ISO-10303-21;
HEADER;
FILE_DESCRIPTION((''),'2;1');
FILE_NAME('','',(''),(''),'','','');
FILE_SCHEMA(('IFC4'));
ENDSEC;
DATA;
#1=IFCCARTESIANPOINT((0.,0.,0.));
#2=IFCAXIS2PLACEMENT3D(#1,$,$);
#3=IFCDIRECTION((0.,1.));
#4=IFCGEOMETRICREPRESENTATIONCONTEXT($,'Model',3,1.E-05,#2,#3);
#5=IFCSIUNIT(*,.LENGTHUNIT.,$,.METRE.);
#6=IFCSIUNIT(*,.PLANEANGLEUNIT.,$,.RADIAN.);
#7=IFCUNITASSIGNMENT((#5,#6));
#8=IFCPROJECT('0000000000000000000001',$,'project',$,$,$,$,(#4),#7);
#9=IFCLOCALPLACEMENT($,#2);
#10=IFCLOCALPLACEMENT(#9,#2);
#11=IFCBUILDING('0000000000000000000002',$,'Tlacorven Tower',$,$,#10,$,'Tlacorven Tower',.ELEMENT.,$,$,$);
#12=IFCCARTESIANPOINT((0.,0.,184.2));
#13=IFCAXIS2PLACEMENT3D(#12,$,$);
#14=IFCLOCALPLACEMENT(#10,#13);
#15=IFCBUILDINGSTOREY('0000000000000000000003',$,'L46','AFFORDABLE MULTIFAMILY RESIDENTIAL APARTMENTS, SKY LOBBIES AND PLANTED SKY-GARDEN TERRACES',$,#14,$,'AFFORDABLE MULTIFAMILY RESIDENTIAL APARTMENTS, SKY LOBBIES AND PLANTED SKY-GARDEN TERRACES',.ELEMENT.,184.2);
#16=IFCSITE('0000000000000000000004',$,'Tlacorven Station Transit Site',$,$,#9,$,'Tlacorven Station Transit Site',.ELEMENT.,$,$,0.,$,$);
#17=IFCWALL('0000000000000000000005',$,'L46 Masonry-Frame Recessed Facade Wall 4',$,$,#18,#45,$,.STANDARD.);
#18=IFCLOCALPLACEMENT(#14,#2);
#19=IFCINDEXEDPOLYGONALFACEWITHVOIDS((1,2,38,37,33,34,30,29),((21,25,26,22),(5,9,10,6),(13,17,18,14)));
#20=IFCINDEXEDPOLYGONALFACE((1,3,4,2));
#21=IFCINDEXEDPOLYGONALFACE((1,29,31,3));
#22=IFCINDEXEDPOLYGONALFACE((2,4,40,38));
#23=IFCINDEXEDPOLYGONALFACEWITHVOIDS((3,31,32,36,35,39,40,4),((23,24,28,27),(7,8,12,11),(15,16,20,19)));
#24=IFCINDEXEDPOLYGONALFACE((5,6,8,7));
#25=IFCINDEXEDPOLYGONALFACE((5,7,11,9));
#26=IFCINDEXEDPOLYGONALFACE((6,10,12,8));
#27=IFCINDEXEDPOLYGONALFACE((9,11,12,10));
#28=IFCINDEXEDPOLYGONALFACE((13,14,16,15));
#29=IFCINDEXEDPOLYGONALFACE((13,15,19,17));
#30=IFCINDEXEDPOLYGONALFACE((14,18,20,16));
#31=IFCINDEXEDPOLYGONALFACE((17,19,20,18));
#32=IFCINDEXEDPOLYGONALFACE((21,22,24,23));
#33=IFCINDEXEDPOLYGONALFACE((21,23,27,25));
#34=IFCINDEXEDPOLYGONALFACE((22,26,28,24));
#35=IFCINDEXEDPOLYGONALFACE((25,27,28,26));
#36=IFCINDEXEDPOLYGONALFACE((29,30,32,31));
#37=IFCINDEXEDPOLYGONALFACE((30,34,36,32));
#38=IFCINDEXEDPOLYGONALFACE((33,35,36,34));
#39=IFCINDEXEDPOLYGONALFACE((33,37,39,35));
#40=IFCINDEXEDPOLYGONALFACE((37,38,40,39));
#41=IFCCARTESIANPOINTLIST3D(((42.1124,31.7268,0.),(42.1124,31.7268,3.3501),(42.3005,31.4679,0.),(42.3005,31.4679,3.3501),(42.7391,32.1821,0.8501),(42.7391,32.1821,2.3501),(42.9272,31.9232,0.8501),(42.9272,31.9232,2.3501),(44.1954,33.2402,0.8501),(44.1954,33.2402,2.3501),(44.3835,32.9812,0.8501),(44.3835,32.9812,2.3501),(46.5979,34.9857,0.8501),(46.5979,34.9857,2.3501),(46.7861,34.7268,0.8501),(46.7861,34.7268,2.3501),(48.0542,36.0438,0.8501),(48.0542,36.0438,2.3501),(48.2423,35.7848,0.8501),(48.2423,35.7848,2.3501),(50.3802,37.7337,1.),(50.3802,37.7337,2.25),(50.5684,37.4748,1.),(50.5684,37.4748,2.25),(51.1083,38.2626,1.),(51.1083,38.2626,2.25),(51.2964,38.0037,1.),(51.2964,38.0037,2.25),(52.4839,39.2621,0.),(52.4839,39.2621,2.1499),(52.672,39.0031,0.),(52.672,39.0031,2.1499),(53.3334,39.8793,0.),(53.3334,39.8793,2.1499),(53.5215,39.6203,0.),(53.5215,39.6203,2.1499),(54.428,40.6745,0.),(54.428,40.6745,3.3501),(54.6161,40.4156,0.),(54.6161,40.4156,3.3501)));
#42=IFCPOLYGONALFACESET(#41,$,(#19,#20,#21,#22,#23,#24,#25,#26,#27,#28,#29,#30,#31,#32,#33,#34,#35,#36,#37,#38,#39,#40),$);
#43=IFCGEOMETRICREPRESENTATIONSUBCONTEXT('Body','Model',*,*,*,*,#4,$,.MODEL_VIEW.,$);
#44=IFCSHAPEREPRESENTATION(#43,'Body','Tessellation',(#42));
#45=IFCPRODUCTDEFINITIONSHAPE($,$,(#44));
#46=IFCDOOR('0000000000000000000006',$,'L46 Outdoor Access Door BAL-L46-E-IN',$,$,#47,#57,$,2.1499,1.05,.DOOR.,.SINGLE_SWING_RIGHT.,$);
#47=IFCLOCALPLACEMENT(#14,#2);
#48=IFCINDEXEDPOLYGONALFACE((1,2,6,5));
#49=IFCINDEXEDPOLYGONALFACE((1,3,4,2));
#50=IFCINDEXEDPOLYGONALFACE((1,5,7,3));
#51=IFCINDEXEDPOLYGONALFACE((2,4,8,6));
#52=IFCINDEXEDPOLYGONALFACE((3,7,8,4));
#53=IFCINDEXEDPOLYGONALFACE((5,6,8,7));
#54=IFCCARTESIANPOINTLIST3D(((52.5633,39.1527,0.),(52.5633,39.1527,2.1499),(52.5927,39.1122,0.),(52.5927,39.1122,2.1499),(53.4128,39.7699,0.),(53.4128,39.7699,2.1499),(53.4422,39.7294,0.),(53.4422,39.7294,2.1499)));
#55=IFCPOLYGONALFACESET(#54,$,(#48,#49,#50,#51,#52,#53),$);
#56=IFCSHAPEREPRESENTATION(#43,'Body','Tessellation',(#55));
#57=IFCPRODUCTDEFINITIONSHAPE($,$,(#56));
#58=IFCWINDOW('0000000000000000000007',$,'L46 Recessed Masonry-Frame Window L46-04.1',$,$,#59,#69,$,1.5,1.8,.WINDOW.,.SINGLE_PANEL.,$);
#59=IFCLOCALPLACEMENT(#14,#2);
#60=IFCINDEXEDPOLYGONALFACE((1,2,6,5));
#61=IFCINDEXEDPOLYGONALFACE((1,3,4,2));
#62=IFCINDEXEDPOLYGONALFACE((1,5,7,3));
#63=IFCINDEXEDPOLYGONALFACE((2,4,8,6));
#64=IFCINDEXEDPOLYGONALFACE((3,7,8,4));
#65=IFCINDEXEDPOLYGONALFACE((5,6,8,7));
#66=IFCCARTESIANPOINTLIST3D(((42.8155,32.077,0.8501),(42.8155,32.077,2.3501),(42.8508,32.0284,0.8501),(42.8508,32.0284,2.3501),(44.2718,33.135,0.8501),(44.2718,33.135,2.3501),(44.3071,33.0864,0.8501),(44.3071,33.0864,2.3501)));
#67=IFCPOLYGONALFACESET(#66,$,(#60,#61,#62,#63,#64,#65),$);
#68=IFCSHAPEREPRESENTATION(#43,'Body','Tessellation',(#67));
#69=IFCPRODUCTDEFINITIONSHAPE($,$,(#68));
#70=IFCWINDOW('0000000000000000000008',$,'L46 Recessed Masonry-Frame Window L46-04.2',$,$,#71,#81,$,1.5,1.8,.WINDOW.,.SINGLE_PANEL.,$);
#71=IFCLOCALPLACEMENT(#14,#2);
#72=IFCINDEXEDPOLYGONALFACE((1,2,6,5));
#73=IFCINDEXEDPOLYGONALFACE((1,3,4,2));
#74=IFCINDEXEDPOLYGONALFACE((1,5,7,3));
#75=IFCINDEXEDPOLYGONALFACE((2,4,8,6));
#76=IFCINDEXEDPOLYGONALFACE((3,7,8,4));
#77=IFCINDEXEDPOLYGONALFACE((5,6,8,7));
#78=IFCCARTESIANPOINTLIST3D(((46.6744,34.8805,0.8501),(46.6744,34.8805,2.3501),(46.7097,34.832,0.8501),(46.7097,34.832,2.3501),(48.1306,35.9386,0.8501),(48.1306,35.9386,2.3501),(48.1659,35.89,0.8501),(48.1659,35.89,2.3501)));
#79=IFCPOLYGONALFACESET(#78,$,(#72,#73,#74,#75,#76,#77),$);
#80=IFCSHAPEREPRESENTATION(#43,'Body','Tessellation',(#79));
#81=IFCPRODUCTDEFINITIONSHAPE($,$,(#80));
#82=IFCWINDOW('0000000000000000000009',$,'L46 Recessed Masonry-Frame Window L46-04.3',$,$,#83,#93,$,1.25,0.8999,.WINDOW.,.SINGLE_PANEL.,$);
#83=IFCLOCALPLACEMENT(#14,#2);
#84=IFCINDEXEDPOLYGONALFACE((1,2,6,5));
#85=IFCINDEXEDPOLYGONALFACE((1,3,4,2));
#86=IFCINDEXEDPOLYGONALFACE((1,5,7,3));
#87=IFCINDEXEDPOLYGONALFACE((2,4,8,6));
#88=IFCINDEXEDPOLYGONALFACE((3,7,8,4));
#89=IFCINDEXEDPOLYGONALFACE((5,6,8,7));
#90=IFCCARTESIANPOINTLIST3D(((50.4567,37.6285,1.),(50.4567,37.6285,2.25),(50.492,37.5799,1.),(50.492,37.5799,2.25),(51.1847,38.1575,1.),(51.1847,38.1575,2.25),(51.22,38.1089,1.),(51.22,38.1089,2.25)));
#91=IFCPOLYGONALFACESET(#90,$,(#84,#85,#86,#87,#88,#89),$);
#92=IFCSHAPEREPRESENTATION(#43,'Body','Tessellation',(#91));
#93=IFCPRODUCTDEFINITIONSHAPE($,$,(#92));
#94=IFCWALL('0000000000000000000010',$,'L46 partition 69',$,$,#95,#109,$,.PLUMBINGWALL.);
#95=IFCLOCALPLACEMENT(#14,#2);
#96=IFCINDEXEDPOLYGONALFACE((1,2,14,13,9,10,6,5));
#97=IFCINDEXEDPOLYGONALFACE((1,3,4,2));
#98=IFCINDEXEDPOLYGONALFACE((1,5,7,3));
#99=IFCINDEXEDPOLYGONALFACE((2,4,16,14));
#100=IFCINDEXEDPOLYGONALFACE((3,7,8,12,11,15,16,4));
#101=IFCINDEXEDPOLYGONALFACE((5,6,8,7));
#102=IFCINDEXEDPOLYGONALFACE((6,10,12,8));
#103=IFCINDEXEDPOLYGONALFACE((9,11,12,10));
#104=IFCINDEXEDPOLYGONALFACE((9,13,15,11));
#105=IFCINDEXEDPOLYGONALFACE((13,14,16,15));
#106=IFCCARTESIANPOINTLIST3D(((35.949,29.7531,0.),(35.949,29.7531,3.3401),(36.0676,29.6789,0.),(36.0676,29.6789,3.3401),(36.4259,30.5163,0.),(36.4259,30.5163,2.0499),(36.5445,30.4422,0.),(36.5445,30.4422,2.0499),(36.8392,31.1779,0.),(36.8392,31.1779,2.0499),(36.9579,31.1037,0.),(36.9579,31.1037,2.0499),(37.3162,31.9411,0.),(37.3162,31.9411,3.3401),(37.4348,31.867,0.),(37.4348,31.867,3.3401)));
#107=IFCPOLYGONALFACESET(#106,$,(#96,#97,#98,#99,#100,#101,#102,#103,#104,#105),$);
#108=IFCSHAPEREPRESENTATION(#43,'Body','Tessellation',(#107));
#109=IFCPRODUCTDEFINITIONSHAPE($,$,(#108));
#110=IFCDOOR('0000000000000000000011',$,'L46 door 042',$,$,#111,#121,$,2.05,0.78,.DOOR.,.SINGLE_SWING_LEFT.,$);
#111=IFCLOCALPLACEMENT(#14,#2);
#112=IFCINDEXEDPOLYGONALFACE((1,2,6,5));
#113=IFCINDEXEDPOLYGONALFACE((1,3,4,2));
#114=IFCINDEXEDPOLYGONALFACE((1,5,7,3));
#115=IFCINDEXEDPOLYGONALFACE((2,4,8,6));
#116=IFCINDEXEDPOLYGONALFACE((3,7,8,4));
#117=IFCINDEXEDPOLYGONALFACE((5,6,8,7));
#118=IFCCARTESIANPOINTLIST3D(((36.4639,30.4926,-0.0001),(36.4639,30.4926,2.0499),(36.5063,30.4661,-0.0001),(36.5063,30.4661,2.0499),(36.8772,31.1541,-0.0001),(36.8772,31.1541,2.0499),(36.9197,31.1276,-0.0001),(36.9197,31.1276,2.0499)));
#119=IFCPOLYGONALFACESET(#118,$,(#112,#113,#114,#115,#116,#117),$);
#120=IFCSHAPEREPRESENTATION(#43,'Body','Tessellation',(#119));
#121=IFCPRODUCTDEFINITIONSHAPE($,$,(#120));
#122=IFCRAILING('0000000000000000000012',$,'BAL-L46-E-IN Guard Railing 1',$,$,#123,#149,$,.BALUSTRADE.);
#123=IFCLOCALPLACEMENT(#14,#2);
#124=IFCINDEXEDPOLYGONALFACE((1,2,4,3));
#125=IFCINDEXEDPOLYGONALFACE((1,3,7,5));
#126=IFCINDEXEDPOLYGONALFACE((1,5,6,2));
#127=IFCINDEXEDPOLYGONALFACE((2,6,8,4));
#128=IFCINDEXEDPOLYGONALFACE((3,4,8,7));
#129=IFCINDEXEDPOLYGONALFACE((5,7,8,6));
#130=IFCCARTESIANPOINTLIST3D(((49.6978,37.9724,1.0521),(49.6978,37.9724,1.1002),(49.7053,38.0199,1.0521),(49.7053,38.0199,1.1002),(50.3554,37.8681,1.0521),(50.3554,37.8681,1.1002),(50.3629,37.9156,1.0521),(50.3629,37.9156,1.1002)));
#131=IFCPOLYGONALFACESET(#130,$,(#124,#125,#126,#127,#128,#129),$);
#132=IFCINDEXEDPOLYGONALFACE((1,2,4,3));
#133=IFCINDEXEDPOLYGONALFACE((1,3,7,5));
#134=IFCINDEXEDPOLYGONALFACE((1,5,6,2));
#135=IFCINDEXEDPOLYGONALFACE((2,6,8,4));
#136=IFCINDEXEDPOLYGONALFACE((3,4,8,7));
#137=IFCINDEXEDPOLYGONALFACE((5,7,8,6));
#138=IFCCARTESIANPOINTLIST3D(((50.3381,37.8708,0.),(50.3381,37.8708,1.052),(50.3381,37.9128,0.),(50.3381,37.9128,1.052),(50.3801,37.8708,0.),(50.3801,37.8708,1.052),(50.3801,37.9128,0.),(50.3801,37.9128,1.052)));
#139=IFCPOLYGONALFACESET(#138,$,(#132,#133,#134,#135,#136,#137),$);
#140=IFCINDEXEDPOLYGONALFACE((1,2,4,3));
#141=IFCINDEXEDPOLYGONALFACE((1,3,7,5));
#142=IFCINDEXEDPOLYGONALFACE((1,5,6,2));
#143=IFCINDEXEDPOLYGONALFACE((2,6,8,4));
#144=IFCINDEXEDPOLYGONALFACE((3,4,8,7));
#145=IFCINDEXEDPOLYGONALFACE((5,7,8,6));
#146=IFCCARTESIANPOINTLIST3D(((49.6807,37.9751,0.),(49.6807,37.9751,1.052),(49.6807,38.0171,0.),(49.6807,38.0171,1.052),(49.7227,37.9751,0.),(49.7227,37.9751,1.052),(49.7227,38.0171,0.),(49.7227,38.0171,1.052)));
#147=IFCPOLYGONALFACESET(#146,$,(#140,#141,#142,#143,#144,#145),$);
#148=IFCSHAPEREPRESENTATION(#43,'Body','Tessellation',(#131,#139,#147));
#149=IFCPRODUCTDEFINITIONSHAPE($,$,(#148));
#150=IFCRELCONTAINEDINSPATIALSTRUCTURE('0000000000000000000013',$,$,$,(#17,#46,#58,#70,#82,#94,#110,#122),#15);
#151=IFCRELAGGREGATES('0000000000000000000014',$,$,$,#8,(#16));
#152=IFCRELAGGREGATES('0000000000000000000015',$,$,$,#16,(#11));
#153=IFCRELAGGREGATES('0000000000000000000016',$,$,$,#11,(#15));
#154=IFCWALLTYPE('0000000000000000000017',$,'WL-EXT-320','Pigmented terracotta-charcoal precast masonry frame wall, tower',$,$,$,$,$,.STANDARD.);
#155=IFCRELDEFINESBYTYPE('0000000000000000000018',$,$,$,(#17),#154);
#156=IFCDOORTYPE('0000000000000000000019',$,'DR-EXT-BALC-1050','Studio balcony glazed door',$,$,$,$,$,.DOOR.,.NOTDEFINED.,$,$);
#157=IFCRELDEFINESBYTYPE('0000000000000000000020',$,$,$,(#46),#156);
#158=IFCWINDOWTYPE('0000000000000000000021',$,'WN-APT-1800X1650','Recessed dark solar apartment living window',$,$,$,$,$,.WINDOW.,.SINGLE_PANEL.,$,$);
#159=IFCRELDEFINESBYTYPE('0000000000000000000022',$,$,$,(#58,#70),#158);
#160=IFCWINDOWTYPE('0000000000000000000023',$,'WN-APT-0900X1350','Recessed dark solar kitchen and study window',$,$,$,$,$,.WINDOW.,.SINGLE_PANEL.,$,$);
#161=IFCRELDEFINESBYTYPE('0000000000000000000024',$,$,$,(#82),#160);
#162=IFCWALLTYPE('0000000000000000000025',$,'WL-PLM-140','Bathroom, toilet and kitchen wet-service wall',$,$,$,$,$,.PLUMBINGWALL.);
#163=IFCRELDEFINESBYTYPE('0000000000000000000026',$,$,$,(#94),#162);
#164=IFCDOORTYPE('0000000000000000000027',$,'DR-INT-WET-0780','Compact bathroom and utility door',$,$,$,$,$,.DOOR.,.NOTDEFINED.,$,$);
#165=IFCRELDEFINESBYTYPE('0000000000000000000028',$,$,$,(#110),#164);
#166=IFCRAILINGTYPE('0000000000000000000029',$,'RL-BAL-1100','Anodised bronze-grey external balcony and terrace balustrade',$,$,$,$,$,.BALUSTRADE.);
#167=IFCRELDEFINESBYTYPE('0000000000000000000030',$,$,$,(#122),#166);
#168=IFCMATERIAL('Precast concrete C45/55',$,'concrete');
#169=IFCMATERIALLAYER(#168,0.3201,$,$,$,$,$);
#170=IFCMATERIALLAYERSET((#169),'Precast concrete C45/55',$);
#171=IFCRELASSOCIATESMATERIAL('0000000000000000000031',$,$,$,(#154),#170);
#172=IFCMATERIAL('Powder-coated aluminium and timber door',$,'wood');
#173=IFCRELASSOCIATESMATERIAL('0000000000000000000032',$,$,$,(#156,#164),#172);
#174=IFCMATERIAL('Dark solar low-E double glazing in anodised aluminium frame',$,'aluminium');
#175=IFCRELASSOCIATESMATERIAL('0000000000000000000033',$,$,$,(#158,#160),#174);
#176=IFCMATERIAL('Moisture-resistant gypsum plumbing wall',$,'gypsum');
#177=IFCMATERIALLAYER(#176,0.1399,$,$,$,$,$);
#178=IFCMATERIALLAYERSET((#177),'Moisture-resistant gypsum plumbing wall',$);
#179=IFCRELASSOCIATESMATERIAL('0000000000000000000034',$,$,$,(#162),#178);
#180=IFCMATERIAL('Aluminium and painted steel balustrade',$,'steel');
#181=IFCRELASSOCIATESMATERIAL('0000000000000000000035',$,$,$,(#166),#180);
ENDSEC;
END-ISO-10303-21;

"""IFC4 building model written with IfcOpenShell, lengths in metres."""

from ifc_helpers import new_model, si_unit, direction, frame, frame_2d, origin, origin_2d, place, context, subcontext, project, spatial, rectangle, extrude, source, transform, mapped, material, layer, layer_set, type_object, element, fill, save


model = new_model("IFC4")

# Units and contexts
model_context = context("Model", 3, precision=1e-05, world=origin(), true_north=direction((0.0, 1.0)))
body_context = subcontext(model_context, "Body", "Model", "MODEL_VIEW")
ifc_project = project(units=[si_unit("LENGTHUNIT", "METRE"), si_unit("PLANEANGLEUNIT", "RADIAN")], contexts=[model_context])

# Site, building, storey
site_placement = place(None, origin())
site = spatial("IfcSite", under=ifc_project, at=site_placement, Name="Tlacorven Station Transit Site", LongName="Tlacorven Station Transit Site", CompositionType="ELEMENT", RefElevation=0.0)
building_placement = place(site_placement, origin())
building = spatial("IfcBuilding", under=site, at=building_placement, Name="Tlacorven Tower", LongName="Tlacorven Tower", CompositionType="ELEMENT")
storey_placement = place(building_placement, frame((0.0, 0.0, 184.2)))
storey = spatial("IfcBuildingStorey", under=building, at=storey_placement, Name="L46", Description="AFFORDABLE MULTIFAMILY RESIDENTIAL APARTMENTS, SKY LOBBIES AND PLANTED SKY-GARDEN TERRACES", LongName="AFFORDABLE MULTIFAMILY RESIDENTIAL APARTMENTS, SKY LOBBIES AND PLANTED SKY-GARDEN TERRACES", CompositionType="ELEMENT", Elevation=184.2)

# Wall, openings, door, windows
ifc_material_1 = material(Name="Precast concrete C45/55", Category="concrete")
ifc_layer_1 = layer(ifc_material_1, 0.3201)
ifc_layer_set_1 = layer_set([ifc_layer_1], Name="Precast concrete C45/55")
wall_type_1 = type_object("IfcWallType", Name="WL-EXT-320", Description="Pigmented terracotta-charcoal precast masonry frame wall, tower", PredefinedType="STANDARD", material=ifc_layer_set_1)
wall_1_placement = place(storey_placement, frame((42.2065, 31.5974, 0.0), z_axis=(0.0, 0.0, 1.0), x_axis=(0.80902, 0.587781, 0.0)))
wall_1 = element("IfcWall", 1, at=wall_1_placement, inside=storey, type_object=wall_type_1, Name="L46 Masonry-Frame Recessed Facade Wall 4", PredefinedType="STANDARD", context=body_context, shape_type="SweptSolid", body=[
    extrude(rectangle(XDim=15.2229, YDim=0.3201, at=frame_2d((7.6113, 0.0))), origin(), (0.0, 0.0, 1.0), 3.3501),
])
opening_1_placement = place(wall_1_placement, frame((12.8198, 0.0, 0.0)))
opening_1 = element("IfcOpeningElement", 2, at=opening_1_placement, cuts=wall_1, PredefinedType="OPENING", context=body_context, shape_type="SweptSolid", body=[
    extrude(rectangle(XDim=1.05, YDim=2.1499, at=frame_2d((0.5249, 1.075))), frame((0.0, 0.1699, 0.0), z_axis=(0.0, -1.0, 0.0), x_axis=(1.0, 0.0, 0.0)), (0.0, 0.0, 1.0), 0.3401),
])
opening_2_placement = place(wall_1_placement, frame((0.7747, 0.0, 0.8501)))
opening_2 = element("IfcOpeningElement", 3, at=opening_2_placement, cuts=wall_1, PredefinedType="OPENING", context=body_context, shape_type="SweptSolid", body=[
    extrude(rectangle(XDim=1.8, YDim=1.5, at=frame_2d((0.8999, 0.75))), frame((0.0, 0.1699, 0.0), z_axis=(0.0, -1.0, 0.0), x_axis=(1.0, 0.0, 0.0)), (0.0, 0.0, 1.0), 0.3401),
])
opening_3_placement = place(wall_1_placement, frame((5.5444, 0.0, 0.8501)))
opening_3 = element("IfcOpeningElement", 4, at=opening_3_placement, cuts=wall_1, PredefinedType="OPENING", context=body_context, shape_type="SweptSolid", body=[
    extrude(rectangle(XDim=1.8, YDim=1.5, at=frame_2d((0.8999, 0.75))), frame((0.0, 0.1699, 0.0), z_axis=(0.0, -1.0, 0.0), x_axis=(1.0, 0.0, 0.0)), (0.0, 0.0, 1.0), 0.3401),
])
opening_4_placement = place(wall_1_placement, frame((10.2195, 0.0, 1.0)))
opening_4 = element("IfcOpeningElement", 5, at=opening_4_placement, cuts=wall_1, PredefinedType="OPENING", context=body_context, shape_type="SweptSolid", body=[
    extrude(rectangle(XDim=0.8999, YDim=1.25, at=frame_2d((0.45, 0.625))), frame((0.0, 0.1699, 0.0), z_axis=(0.0, -1.0, 0.0), x_axis=(1.0, 0.0, 0.0)), (0.0, 0.0, 1.0), 0.3401),
])
ifc_material_2 = material(Name="Powder-coated aluminium and timber door", Category="wood")
door_type_1 = type_object("IfcDoorType", Name="DR-EXT-BALC-1050", Description="Studio balcony glazed door", OperationType="NOTDEFINED", PredefinedType="DOOR", material=ifc_material_2)
shared_shape_1 = source(origin(), body_context, "Body", "SweptSolid", [
    extrude(rectangle(XDim=1.05, YDim=2.1499, at=frame_2d((0.5249, 1.075))), frame((0.0, 0.0249, 0.0), z_axis=(0.0, -1.0, 0.0), x_axis=(1.0, 0.0, 0.0)), (0.0, 0.0, 1.0), 0.05),
])
door_1_placement = place(opening_1_placement, origin())
door_1 = element("IfcDoor", 6, at=door_1_placement, inside=storey, type_object=door_type_1, Name="L46 Outdoor Access Door BAL-L46-E-IN", OperationType="SINGLE_SWING_RIGHT", OverallHeight=2.1499, OverallWidth=1.05, PredefinedType="DOOR", context=body_context, shape_type="MappedRepresentation", body=[
    mapped(shared_shape_1, transform((0.0, 0.0, 0.0), scale=1.0)),
])
fill(opening_1, door_1)
ifc_material_3 = material(Name="Dark solar low-E double glazing in anodised aluminium frame", Category="aluminium")
window_type_1 = type_object("IfcWindowType", Name="WN-APT-1800X1650", Description="Recessed dark solar apartment living window", PartitioningType="SINGLE_PANEL", PredefinedType="WINDOW", material=ifc_material_3)
shared_shape_2 = source(origin(), body_context, "Body", "SweptSolid", [
    extrude(rectangle(XDim=1.8, YDim=1.5, at=frame_2d((0.8999, 0.75))), frame((0.0, 0.03, 0.0), z_axis=(0.0, -1.0, 0.0), x_axis=(1.0, 0.0, 0.0)), (0.0, 0.0, 1.0), 0.0601),
])
window_1_placement = place(opening_2_placement, origin())
window_1 = element("IfcWindow", 7, at=window_1_placement, inside=storey, type_object=window_type_1, Name="L46 Recessed Masonry-Frame Window L46-04.1", OverallHeight=1.5, OverallWidth=1.8, PartitioningType="SINGLE_PANEL", PredefinedType="WINDOW", context=body_context, shape_type="MappedRepresentation", body=[
    mapped(shared_shape_2, transform((0.0, 0.0, 0.0), scale=1.0)),
])
fill(opening_2, window_1)
window_2_placement = place(opening_3_placement, origin())
window_2 = element("IfcWindow", 8, at=window_2_placement, inside=storey, type_object=window_type_1, Name="L46 Recessed Masonry-Frame Window L46-04.2", OverallHeight=1.5, OverallWidth=1.8, PartitioningType="SINGLE_PANEL", PredefinedType="WINDOW", context=body_context, shape_type="MappedRepresentation", body=[
    mapped(shared_shape_2, transform((0.0, 0.0, 0.0), scale=1.0)),
])
fill(opening_3, window_2)
window_type_2 = type_object("IfcWindowType", Name="WN-APT-0900X1350", Description="Recessed dark solar kitchen and study window", PartitioningType="SINGLE_PANEL", PredefinedType="WINDOW", material=ifc_material_3)
shared_shape_3 = source(origin(), body_context, "Body", "SweptSolid", [
    extrude(rectangle(XDim=0.8999, YDim=1.25, at=frame_2d((0.45, 0.625))), frame((0.0, 0.03, 0.0), z_axis=(0.0, -1.0, 0.0), x_axis=(1.0, 0.0, 0.0)), (0.0, 0.0, 1.0), 0.0601),
])
window_3_placement = place(opening_4_placement, origin())
window_3 = element("IfcWindow", 9, at=window_3_placement, inside=storey, type_object=window_type_2, Name="L46 Recessed Masonry-Frame Window L46-04.3", OverallHeight=1.25, OverallWidth=0.8999, PartitioningType="SINGLE_PANEL", PredefinedType="WINDOW", context=body_context, shape_type="MappedRepresentation", body=[
    mapped(shared_shape_3, transform((0.0, 0.0, 0.0), scale=1.0)),
])
fill(opening_4, window_3)

# Wall, opening, door
ifc_material_4 = material(Name="Moisture-resistant gypsum plumbing wall", Category="gypsum")
ifc_layer_2 = layer(ifc_material_4, 0.1399)
ifc_layer_set_2 = layer_set([ifc_layer_2], Name="Moisture-resistant gypsum plumbing wall")
wall_type_2 = type_object("IfcWallType", Name="WL-PLM-140", Description="Bathroom, toilet and kitchen wet-service wall", PredefinedType="PLUMBINGWALL", material=ifc_layer_set_2)
wall_2_placement = place(storey_placement, frame((37.3755, 31.9041, 0.0), z_axis=(0.0, 0.0, 1.0), x_axis=(-0.529914, -0.848051, 0.0)))
wall_2 = element("IfcWall", 10, at=wall_2_placement, inside=storey, type_object=wall_type_2, Name="L46 partition 69", PredefinedType="PLUMBINGWALL", context=body_context, shape_type="SweptSolid", body=[
    extrude(rectangle(XDim=2.5801, YDim=0.1399, at=frame_2d((1.29, 0.0))), origin(), (0.0, 0.0, 1.0), 3.3401),
])
opening_5_placement = place(wall_2_placement, frame((0.8999, 0.0, 0.0)))
opening_5 = element("IfcOpeningElement", 11, at=opening_5_placement, cuts=wall_2, PredefinedType="OPENING", context=body_context, shape_type="SweptSolid", body=[
    extrude(rectangle(XDim=0.78, YDim=2.05, at=frame_2d((0.3901, 1.0249))), frame((0.0, 0.0801, 0.0), z_axis=(0.0, -1.0, 0.0), x_axis=(1.0, 0.0, 0.0)), (0.0, 0.0, 1.0), 0.1599),
])
door_type_2 = type_object("IfcDoorType", Name="DR-INT-WET-0780", Description="Compact bathroom and utility door", OperationType="NOTDEFINED", PredefinedType="DOOR", material=ifc_material_2)
shared_shape_4 = source(origin(), body_context, "Body", "SweptSolid", [
    extrude(rectangle(XDim=0.78, YDim=2.05, at=frame_2d((0.3901, 1.0249))), frame((0.0, 0.0249, 0.0), z_axis=(0.0, -1.0, 0.0), x_axis=(1.0, 0.0, 0.0)), (0.0, 0.0, 1.0), 0.05),
])
door_2_placement = place(opening_5_placement, origin())
door_2 = element("IfcDoor", 12, at=door_2_placement, inside=storey, type_object=door_type_2, Name="L46 door 042", OperationType="SINGLE_SWING_LEFT", OverallHeight=2.05, OverallWidth=0.78, PredefinedType="DOOR", context=body_context, shape_type="MappedRepresentation", body=[
    mapped(shared_shape_4, transform((0.0, 0.0, 0.0), scale=1.0)),
])
fill(opening_5, door_2)

# Railing
ifc_material_5 = material(Name="Aluminium and painted steel balustrade", Category="steel")
railing_type = type_object("IfcRailingType", Name="RL-BAL-1100", Description="Anodised bronze-grey external balcony and terrace balustrade", PredefinedType="BALUSTRADE", material=ifc_material_5)
shared_shape_5 = source(origin(), body_context, "Body", "SweptSolid", [
    extrude(rectangle(XDim=0.0481, YDim=0.0481, at=origin_2d()), frame((0.0, 0.0, 1.0762), z_axis=(-0.987662, 0.156603, 0.0), x_axis=(-0.156603, -0.987662, 0.0)), (0.0, 0.0, 1.0), 0.6658),
    extrude(rectangle(XDim=0.042, YDim=0.042, at=origin_2d()), origin(), (0.0, 0.0, 1.0), 1.052),
    extrude(rectangle(XDim=0.042, YDim=0.042, at=origin_2d()), frame((-0.6575, 0.1042, 0.0)), (0.0, 0.0, 1.0), 1.052),
])
railing_1_placement = place(storey_placement, frame((50.3591, 37.8918, 0.0)))
element("IfcRailing", 13, at=railing_1_placement, inside=storey, type_object=railing_type, Name="BAL-L46-E-IN Guard Railing 1", PredefinedType="BALUSTRADE", context=body_context, shape_type="MappedRepresentation", body=[
    mapped(shared_shape_5, transform((0.0, 0.0, 0.0), scale=1.0)),
])

save(model, "model.ifc")
